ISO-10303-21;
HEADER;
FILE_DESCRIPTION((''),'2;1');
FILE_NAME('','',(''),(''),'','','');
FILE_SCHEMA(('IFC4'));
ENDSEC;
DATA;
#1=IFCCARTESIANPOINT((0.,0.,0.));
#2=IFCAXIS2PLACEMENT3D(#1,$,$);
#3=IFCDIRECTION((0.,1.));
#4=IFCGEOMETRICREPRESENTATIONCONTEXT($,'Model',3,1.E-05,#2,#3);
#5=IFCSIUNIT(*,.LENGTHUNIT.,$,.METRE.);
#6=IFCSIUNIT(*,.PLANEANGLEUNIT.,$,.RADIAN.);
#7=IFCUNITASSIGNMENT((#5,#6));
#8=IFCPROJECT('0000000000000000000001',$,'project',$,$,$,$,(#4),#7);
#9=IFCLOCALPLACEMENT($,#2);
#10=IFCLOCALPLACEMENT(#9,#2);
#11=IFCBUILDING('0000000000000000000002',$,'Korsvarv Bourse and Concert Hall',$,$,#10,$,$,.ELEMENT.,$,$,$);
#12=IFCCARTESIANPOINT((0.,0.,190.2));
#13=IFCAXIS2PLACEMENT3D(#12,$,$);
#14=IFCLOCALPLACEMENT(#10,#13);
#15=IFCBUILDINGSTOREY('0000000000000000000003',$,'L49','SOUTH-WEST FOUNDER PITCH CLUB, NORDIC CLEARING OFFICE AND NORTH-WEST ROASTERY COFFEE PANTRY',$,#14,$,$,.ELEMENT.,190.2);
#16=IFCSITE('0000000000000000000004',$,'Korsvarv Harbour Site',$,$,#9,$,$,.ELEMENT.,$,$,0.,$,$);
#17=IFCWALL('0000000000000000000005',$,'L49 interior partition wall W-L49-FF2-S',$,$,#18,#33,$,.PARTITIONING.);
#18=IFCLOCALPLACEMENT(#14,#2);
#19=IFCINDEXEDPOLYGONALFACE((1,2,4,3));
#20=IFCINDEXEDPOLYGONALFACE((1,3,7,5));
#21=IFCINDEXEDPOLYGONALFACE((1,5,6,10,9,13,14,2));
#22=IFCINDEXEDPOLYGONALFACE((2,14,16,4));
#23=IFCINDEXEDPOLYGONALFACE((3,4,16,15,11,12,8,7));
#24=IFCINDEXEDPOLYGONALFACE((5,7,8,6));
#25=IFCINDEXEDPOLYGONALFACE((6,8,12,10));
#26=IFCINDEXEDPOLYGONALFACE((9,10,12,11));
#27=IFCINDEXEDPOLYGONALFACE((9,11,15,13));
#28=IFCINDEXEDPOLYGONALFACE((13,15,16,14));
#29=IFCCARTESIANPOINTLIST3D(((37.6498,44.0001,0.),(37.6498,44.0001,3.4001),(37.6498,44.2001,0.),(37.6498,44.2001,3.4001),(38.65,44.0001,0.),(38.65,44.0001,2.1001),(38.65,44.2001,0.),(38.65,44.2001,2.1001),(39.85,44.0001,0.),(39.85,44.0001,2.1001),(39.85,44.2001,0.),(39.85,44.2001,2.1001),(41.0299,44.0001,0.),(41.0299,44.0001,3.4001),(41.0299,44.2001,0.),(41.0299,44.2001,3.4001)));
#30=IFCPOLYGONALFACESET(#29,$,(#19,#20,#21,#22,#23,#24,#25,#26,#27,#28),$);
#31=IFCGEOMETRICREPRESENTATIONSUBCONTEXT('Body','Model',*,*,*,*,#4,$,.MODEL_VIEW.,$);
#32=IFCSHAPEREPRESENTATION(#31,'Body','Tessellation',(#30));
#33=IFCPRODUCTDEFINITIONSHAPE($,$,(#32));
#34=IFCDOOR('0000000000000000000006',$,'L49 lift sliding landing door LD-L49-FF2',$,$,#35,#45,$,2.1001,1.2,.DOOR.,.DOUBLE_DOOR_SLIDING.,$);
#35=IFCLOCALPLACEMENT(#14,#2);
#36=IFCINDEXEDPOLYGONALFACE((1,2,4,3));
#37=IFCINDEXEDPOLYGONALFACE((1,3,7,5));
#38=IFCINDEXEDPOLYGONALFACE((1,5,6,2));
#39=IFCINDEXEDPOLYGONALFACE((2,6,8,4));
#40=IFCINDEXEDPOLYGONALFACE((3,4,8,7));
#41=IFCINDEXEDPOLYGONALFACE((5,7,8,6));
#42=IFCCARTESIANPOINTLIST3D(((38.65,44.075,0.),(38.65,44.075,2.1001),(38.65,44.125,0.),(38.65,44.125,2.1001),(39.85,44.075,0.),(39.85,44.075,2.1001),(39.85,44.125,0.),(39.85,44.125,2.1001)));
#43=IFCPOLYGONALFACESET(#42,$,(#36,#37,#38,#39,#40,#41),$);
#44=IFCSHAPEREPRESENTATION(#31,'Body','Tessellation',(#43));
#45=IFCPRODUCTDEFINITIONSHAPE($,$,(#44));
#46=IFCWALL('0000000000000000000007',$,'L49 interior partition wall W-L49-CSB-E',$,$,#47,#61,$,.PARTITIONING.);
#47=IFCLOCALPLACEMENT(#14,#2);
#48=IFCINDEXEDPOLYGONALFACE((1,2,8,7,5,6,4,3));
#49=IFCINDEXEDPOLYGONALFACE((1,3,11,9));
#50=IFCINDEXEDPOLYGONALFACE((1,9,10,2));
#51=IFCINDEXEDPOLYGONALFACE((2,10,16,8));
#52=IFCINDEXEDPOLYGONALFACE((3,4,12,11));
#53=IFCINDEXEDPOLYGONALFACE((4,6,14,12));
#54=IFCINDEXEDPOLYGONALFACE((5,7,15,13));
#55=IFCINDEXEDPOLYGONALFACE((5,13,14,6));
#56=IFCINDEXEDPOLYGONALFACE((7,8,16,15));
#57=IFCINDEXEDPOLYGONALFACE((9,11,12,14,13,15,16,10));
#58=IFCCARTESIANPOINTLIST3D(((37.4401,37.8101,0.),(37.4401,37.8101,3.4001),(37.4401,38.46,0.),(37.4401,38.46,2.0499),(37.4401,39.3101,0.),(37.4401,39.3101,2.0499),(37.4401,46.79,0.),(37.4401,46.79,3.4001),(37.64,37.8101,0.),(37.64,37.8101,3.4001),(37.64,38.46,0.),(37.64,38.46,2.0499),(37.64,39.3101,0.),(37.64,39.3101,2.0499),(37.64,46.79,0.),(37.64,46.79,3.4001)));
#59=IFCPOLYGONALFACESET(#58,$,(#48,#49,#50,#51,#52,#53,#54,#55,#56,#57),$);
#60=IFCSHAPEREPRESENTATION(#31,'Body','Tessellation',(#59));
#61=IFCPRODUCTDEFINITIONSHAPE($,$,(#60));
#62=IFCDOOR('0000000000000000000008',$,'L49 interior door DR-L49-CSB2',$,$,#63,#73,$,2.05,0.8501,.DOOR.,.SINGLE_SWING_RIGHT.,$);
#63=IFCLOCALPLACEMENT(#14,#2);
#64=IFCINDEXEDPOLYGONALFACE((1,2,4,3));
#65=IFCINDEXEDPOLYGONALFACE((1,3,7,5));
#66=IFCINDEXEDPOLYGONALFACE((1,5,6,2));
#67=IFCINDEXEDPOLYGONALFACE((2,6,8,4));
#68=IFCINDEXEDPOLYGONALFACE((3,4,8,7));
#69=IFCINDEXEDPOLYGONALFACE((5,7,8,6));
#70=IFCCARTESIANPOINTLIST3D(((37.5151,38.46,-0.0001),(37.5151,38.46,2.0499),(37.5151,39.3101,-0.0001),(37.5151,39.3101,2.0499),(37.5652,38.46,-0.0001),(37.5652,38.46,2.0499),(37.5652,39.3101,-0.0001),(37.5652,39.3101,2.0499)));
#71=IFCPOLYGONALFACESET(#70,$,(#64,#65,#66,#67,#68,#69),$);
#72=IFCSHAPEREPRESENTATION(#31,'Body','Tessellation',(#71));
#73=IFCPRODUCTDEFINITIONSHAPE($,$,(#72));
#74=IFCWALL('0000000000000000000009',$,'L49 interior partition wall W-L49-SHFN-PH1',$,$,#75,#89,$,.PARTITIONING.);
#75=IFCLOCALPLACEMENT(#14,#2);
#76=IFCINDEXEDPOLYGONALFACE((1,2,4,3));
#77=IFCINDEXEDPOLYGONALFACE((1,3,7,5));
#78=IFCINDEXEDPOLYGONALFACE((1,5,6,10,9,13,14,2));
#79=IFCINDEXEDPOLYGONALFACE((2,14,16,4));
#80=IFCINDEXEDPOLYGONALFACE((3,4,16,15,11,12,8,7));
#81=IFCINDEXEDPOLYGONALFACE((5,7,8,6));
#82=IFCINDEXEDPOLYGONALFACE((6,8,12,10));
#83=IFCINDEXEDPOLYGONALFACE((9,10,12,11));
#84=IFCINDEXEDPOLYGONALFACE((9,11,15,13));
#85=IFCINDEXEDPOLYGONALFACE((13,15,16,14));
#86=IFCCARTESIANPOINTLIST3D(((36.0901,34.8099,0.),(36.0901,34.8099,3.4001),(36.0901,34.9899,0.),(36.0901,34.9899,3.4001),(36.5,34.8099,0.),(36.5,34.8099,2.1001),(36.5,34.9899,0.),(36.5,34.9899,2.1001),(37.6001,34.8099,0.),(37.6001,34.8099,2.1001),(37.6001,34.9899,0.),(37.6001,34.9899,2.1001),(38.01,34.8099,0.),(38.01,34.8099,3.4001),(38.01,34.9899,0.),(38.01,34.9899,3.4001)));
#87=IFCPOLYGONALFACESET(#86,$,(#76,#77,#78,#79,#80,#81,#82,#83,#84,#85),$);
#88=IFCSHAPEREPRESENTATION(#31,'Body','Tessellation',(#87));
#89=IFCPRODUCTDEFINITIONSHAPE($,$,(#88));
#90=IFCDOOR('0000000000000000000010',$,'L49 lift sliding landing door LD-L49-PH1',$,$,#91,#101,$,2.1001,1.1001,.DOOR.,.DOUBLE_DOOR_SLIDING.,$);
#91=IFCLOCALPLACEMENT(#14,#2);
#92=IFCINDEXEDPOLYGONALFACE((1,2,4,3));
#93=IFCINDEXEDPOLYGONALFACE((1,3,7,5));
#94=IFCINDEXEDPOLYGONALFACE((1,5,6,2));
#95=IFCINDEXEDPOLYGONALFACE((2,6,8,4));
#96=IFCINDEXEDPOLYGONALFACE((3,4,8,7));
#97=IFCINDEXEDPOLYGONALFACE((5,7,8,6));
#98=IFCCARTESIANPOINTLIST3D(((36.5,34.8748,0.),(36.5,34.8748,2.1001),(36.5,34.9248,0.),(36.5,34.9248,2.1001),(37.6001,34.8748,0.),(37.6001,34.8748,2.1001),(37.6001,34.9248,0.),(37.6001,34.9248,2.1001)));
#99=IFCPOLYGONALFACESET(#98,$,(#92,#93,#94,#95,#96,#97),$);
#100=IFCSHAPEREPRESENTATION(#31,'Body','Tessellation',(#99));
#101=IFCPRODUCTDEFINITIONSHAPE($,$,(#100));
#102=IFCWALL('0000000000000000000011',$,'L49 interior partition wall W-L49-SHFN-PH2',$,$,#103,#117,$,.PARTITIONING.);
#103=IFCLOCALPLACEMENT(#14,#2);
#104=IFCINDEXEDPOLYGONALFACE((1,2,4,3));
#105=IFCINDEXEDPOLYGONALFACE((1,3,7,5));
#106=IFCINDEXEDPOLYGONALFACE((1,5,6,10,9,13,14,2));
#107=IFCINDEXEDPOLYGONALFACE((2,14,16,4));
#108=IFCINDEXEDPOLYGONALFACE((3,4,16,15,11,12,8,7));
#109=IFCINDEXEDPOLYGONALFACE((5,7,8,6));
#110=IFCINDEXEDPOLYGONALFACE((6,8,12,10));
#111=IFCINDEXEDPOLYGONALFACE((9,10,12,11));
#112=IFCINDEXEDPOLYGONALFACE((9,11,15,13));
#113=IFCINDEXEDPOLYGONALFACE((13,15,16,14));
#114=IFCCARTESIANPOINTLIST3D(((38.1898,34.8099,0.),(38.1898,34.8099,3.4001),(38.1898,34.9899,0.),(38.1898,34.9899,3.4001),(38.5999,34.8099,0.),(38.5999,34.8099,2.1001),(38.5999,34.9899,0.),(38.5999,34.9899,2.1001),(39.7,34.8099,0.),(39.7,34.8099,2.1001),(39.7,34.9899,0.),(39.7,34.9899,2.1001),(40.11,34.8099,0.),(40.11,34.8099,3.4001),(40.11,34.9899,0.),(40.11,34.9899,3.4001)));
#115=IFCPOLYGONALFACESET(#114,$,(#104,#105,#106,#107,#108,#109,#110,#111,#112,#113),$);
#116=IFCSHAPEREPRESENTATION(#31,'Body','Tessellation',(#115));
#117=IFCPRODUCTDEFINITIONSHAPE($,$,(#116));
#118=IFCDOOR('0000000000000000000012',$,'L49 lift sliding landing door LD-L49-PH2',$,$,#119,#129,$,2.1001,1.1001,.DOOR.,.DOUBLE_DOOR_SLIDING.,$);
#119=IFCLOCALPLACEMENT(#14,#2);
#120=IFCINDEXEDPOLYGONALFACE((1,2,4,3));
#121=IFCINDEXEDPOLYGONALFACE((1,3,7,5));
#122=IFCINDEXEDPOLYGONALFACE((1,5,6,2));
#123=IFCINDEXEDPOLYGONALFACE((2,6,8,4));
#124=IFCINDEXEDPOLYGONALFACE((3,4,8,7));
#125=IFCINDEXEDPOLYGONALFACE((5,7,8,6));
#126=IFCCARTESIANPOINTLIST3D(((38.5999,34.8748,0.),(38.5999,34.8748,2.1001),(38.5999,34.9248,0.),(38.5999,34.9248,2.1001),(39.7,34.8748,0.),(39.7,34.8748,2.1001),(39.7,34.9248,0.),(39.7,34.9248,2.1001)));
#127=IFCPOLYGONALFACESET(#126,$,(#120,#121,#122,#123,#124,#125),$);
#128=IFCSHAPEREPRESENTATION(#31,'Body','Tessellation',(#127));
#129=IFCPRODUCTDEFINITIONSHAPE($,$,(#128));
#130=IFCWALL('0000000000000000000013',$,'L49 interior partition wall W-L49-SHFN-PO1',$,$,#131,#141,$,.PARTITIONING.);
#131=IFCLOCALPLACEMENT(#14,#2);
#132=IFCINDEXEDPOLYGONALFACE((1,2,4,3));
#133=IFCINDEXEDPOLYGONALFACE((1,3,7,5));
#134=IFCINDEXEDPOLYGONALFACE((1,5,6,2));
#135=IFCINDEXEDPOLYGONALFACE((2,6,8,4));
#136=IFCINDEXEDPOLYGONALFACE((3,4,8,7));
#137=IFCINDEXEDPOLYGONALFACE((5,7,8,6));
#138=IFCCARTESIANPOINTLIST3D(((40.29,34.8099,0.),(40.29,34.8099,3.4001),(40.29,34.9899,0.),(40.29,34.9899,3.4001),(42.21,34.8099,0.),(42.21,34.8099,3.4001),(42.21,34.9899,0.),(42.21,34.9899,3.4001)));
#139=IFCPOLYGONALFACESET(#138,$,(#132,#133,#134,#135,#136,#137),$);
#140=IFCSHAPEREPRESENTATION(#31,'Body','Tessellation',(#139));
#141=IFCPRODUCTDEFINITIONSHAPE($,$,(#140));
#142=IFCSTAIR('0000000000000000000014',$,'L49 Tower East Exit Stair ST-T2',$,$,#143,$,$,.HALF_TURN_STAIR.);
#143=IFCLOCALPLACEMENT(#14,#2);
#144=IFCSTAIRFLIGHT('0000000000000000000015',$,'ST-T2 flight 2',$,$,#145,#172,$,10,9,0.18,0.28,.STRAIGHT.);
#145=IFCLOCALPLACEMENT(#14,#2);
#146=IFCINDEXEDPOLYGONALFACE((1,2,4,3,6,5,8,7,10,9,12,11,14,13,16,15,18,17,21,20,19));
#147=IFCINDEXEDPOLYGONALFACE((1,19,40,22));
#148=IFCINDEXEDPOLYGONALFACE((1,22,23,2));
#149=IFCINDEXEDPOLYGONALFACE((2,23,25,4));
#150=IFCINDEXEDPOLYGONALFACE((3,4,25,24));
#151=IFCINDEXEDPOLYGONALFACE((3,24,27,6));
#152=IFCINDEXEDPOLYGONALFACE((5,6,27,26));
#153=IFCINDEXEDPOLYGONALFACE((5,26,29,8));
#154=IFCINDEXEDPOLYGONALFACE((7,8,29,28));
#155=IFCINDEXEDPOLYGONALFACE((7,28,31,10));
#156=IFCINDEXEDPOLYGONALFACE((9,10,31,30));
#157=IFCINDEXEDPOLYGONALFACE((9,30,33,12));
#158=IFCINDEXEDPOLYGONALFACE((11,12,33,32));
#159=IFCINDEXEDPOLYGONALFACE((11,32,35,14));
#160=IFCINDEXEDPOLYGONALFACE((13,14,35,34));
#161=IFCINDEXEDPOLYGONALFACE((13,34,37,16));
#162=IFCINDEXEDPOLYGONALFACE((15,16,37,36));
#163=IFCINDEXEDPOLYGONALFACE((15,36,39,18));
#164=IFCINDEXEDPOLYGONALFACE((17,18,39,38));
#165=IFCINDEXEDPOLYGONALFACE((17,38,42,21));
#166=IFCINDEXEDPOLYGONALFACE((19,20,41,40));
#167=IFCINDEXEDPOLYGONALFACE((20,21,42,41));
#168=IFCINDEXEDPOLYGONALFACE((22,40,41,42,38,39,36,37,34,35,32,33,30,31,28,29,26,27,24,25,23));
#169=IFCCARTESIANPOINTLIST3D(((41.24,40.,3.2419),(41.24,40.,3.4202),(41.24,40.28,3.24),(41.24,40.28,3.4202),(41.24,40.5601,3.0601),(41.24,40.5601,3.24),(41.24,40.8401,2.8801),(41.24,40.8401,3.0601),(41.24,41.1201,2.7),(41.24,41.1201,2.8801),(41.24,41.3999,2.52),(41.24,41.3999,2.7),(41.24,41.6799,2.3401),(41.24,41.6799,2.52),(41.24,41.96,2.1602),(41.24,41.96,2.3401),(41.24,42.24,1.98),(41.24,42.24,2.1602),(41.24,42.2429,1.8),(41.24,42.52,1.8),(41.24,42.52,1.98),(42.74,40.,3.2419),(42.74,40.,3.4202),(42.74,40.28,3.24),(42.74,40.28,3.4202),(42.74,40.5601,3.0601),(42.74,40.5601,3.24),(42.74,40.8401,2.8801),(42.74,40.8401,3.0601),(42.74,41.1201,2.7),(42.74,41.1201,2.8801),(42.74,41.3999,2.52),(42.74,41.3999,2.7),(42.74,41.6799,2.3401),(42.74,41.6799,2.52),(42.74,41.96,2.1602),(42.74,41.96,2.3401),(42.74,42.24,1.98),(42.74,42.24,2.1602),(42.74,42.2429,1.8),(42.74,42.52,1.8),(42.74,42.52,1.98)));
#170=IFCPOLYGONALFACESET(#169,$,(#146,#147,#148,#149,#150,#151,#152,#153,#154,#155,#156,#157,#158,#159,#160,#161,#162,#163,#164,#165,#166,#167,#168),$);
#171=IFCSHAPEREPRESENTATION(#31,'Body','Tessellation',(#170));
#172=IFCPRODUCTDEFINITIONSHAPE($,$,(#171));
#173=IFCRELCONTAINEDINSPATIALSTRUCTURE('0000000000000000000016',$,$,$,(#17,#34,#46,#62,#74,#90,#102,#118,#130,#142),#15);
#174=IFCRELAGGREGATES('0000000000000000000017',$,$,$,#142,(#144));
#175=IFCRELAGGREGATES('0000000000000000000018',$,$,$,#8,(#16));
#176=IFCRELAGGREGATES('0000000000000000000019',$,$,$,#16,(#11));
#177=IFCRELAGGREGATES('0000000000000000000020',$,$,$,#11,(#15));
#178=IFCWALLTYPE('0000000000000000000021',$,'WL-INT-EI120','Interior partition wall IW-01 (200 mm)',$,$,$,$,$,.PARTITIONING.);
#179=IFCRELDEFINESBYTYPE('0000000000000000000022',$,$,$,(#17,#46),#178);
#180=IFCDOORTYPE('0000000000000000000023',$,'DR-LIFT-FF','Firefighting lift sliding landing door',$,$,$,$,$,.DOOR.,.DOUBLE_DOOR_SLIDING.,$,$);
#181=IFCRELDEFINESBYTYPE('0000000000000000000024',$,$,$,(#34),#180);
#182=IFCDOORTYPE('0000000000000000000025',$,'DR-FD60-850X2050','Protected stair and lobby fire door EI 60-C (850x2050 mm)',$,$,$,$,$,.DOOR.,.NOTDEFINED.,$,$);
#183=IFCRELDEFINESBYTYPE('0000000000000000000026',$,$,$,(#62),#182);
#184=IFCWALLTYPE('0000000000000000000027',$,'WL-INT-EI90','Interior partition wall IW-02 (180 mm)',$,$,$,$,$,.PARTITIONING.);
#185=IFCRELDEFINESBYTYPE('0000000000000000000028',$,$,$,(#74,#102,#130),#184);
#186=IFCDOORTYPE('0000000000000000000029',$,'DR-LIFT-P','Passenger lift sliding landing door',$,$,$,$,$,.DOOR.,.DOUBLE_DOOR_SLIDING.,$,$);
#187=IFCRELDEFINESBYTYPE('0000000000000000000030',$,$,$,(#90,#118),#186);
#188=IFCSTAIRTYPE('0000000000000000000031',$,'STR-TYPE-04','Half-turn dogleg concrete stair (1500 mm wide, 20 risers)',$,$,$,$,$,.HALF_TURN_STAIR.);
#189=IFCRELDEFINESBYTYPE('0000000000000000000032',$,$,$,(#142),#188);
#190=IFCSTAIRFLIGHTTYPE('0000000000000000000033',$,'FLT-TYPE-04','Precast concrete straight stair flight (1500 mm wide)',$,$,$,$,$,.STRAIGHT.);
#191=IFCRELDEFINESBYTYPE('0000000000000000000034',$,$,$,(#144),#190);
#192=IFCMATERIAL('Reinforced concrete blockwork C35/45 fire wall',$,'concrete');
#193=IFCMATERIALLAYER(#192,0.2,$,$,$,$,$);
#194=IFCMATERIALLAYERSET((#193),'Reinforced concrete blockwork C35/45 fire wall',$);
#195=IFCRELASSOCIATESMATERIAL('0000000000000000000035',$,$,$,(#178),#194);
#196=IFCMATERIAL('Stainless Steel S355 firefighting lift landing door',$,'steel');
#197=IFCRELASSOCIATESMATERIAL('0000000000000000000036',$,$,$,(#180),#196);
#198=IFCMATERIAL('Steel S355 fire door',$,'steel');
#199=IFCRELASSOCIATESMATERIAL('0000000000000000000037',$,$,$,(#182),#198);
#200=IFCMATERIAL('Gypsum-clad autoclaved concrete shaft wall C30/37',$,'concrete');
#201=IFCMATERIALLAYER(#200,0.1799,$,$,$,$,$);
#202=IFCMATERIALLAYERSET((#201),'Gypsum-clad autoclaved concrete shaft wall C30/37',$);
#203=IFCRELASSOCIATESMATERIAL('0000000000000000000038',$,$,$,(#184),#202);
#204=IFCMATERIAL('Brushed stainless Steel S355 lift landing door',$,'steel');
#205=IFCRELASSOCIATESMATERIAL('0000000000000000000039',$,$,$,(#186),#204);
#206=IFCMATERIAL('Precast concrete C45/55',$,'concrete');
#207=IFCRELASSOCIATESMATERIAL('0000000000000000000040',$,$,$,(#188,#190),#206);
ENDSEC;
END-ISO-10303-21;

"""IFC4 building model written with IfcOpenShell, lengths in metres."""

from ifc_helpers import new_model, si_unit, direction, frame, frame_2d, origin, place, context, subcontext, project, spatial, polyline, rectangle, outline, extrude, material, layer, layer_set, type_object, element, fill, aggregate, save


model = new_model("IFC4")

# Units and contexts
model_context = context("Model", 3, precision=1e-05, world=origin(), true_north=direction((0.0, 1.0)))
body_context = subcontext(model_context, "Body", "Model", "MODEL_VIEW")
ifc_project = project(units=[si_unit("LENGTHUNIT", "METRE"), si_unit("PLANEANGLEUNIT", "RADIAN")], contexts=[model_context])

# Site, building, storey
site_placement = place(None, origin())
site = spatial("IfcSite", under=ifc_project, at=site_placement, Name="Korsvarv Harbour Site", CompositionType="ELEMENT", RefElevation=0.0)
building_placement = place(site_placement, origin())
building = spatial("IfcBuilding", under=site, at=building_placement, Name="Korsvarv Bourse and Concert Hall", CompositionType="ELEMENT")
storey_placement = place(building_placement, frame((0.0, 0.0, 190.2)))
storey = spatial("IfcBuildingStorey", under=building, at=storey_placement, Name="L49", Description="SOUTH-WEST FOUNDER PITCH CLUB, NORDIC CLEARING OFFICE AND NORTH-WEST ROASTERY COFFEE PANTRY", CompositionType="ELEMENT", Elevation=190.2)

# Shared definitions
ifc_material_1 = material(Name="Steel S355 fire door", Category="steel")

# Walls, openings, doors
ifc_material_2 = material(Name="Reinforced concrete blockwork C35/45 fire wall", Category="concrete")
ifc_layer_1 = layer(ifc_material_2, 0.2)
ifc_layer_set_1 = layer_set([ifc_layer_1], Name="Reinforced concrete blockwork C35/45 fire wall")
wall_type_1 = type_object("IfcWallType", Name="WL-INT-EI120", Description="Interior partition wall IW-01 (200 mm)", PredefinedType="PARTITIONING", material=ifc_layer_set_1)
wall_1_placement = place(storey_placement, frame((37.6499, 44.1001, 0.0), z_axis=(0.0, 0.0, 1.0), x_axis=(1.0, 0.0, 0.0)))
wall_1 = element("IfcWall", 1, at=wall_1_placement, inside=storey, type_object=wall_type_1, Name="L49 interior partition wall W-L49-FF2-S", PredefinedType="PARTITIONING", context=body_context, shape_type="SweptSolid", body=[
    extrude(rectangle(XDim=3.3801, YDim=0.2, at=frame_2d((1.6899, 0.0))), origin(), (0.0, 0.0, 1.0), 3.4001),
])
opening_1_placement = place(wall_1_placement, frame((1.0, 0.0, 0.0)))
opening_1 = element("IfcOpeningElement", 2, at=opening_1_placement, cuts=wall_1, PredefinedType="OPENING", context=body_context, shape_type="SweptSolid", body=[
    extrude(rectangle(XDim=1.2, YDim=2.1001, at=frame_2d((0.6001, 1.05))), frame((0.0, 0.1099, 0.0), z_axis=(0.0, -1.0, 0.0), x_axis=(1.0, 0.0, 0.0)), (0.0, 0.0, 1.0), 0.22),
])
ifc_material_3 = material(Name="Stainless Steel S355 firefighting lift landing door", Category="steel")
door_type_1 = type_object("IfcDoorType", Name="DR-LIFT-FF", Description="Firefighting lift sliding landing door", OperationType="DOUBLE_DOOR_SLIDING", PredefinedType="DOOR", material=ifc_material_3)
door_1_placement = place(opening_1_placement, origin())
door_1 = element("IfcDoor", 3, at=door_1_placement, inside=storey, type_object=door_type_1, Name="L49 lift sliding landing door LD-L49-FF2", OperationType="DOUBLE_DOOR_SLIDING", OverallHeight=2.1001, OverallWidth=1.2, PredefinedType="DOOR", context=body_context, shape_type="SweptSolid", body=[
    extrude(rectangle(XDim=1.2, YDim=2.1001, at=frame_2d((0.6001, 1.05))), frame((0.0, 0.0249, 0.0), z_axis=(0.0, -1.0, 0.0), x_axis=(1.0, 0.0, 0.0)), (0.0, 0.0, 1.0), 0.05),
])
fill(opening_1, door_1)
wall_2_placement = place(storey_placement, frame((37.54, 37.8101, 0.0), z_axis=(0.0, 0.0, 1.0), x_axis=(0.0, 1.0, 0.0)))
wall_2 = element("IfcWall", 4, at=wall_2_placement, inside=storey, type_object=wall_type_1, Name="L49 interior partition wall W-L49-CSB-E", PredefinedType="PARTITIONING", context=body_context, shape_type="SweptSolid", body=[
    extrude(rectangle(XDim=8.98, YDim=0.2, at=frame_2d((4.49, 0.0))), origin(), (0.0, 0.0, 1.0), 3.4001),
])
opening_2_placement = place(wall_2_placement, frame((0.6499, 0.0, 0.0)))
opening_2 = element("IfcOpeningElement", 5, at=opening_2_placement, cuts=wall_2, PredefinedType="OPENING", context=body_context, shape_type="SweptSolid", body=[
    extrude(rectangle(XDim=0.8501, YDim=2.05, at=frame_2d((0.425, 1.0249))), frame((0.0, 0.1099, 0.0), z_axis=(0.0, -1.0, 0.0), x_axis=(1.0, 0.0, 0.0)), (0.0, 0.0, 1.0), 0.22),
])
door_type_2 = type_object("IfcDoorType", Name="DR-FD60-850X2050", Description="Protected stair and lobby fire door EI 60-C (850x2050 mm)", OperationType="NOTDEFINED", PredefinedType="DOOR", material=ifc_material_1)
door_2_placement = place(opening_2_placement, origin())
door_2 = element("IfcDoor", 6, at=door_2_placement, inside=storey, type_object=door_type_2, Name="L49 interior door DR-L49-CSB2", OperationType="SINGLE_SWING_RIGHT", OverallHeight=2.05, OverallWidth=0.8501, PredefinedType="DOOR", context=body_context, shape_type="SweptSolid", body=[
    extrude(rectangle(XDim=0.8501, YDim=2.05, at=frame_2d((0.425, 1.0249))), frame((0.0, 0.0249, 0.0), z_axis=(0.0, -1.0, 0.0), x_axis=(1.0, 0.0, 0.0)), (0.0, 0.0, 1.0), 0.05),
])
fill(opening_2, door_2)
ifc_material_4 = material(Name="Gypsum-clad autoclaved concrete shaft wall C30/37", Category="concrete")
ifc_layer_2 = layer(ifc_material_4, 0.1799)
ifc_layer_set_2 = layer_set([ifc_layer_2], Name="Gypsum-clad autoclaved concrete shaft wall C30/37")
wall_type_2 = type_object("IfcWallType", Name="WL-INT-EI90", Description="Interior partition wall IW-02 (180 mm)", PredefinedType="PARTITIONING", material=ifc_layer_set_2)
wall_3_placement = place(storey_placement, frame((36.0901, 34.8999, 0.0), z_axis=(0.0, 0.0, 1.0), x_axis=(1.0, 0.0, 0.0)))
wall_3 = element("IfcWall", 7, at=wall_3_placement, inside=storey, type_object=wall_type_2, Name="L49 interior partition wall W-L49-SHFN-PH1", PredefinedType="PARTITIONING", context=body_context, shape_type="SweptSolid", body=[
    extrude(rectangle(XDim=1.9199, YDim=0.1799, at=frame_2d((0.96, 0.0))), origin(), (0.0, 0.0, 1.0), 3.4001),
])
opening_3_placement = place(wall_3_placement, frame((0.4099, 0.0, 0.0)))
opening_3 = element("IfcOpeningElement", 8, at=opening_3_placement, cuts=wall_3, PredefinedType="OPENING", context=body_context, shape_type="SweptSolid", body=[
    extrude(rectangle(XDim=1.1001, YDim=2.1001, at=frame_2d((0.55, 1.05))), frame((0.0, 0.1001, 0.0), z_axis=(0.0, -1.0, 0.0), x_axis=(1.0, 0.0, 0.0)), (0.0, 0.0, 1.0), 0.2),
])
ifc_material_5 = material(Name="Brushed stainless Steel S355 lift landing door", Category="steel")
door_type_3 = type_object("IfcDoorType", Name="DR-LIFT-P", Description="Passenger lift sliding landing door", OperationType="DOUBLE_DOOR_SLIDING", PredefinedType="DOOR", material=ifc_material_5)
door_3_placement = place(opening_3_placement, origin())
door_3 = element("IfcDoor", 9, at=door_3_placement, inside=storey, type_object=door_type_3, Name="L49 lift sliding landing door LD-L49-PH1", OperationType="DOUBLE_DOOR_SLIDING", OverallHeight=2.1001, OverallWidth=1.1001, PredefinedType="DOOR", context=body_context, shape_type="SweptSolid", body=[
    extrude(rectangle(XDim=1.1001, YDim=2.1001, at=frame_2d((0.55, 1.05))), frame((0.0, 0.0249, 0.0), z_axis=(0.0, -1.0, 0.0), x_axis=(1.0, 0.0, 0.0)), (0.0, 0.0, 1.0), 0.05),
])
fill(opening_3, door_3)
wall_4_placement = place(storey_placement, frame((38.1899, 34.8999, 0.0), z_axis=(0.0, 0.0, 1.0), x_axis=(1.0, 0.0, 0.0)))
wall_4 = element("IfcWall", 10, at=wall_4_placement, inside=storey, type_object=wall_type_2, Name="L49 interior partition wall W-L49-SHFN-PH2", PredefinedType="PARTITIONING", context=body_context, shape_type="SweptSolid", body=[
    extrude(rectangle(XDim=1.9202, YDim=0.1799, at=frame_2d((0.96, 0.0))), origin(), (0.0, 0.0, 1.0), 3.4001),
])
opening_4_placement = place(wall_4_placement, frame((0.4099, 0.0, 0.0)))
opening_4 = element("IfcOpeningElement", 11, at=opening_4_placement, cuts=wall_4, PredefinedType="OPENING", context=body_context, shape_type="SweptSolid", body=[
    extrude(rectangle(XDim=1.1001, YDim=2.1001, at=frame_2d((0.55, 1.05))), frame((0.0, 0.1001, 0.0), z_axis=(0.0, -1.0, 0.0), x_axis=(1.0, 0.0, 0.0)), (0.0, 0.0, 1.0), 0.2),
])
door_4_placement = place(opening_4_placement, origin())
door_4 = element("IfcDoor", 12, at=door_4_placement, inside=storey, type_object=door_type_3, Name="L49 lift sliding landing door LD-L49-PH2", OperationType="DOUBLE_DOOR_SLIDING", OverallHeight=2.1001, OverallWidth=1.1001, PredefinedType="DOOR", context=body_context, shape_type="SweptSolid", body=[
    extrude(rectangle(XDim=1.1001, YDim=2.1001, at=frame_2d((0.55, 1.05))), frame((0.0, 0.0249, 0.0), z_axis=(0.0, -1.0, 0.0), x_axis=(1.0, 0.0, 0.0)), (0.0, 0.0, 1.0), 0.05),
])
fill(opening_4, door_4)

# Wall
wall_5_placement = place(storey_placement, frame((40.29, 34.8999, 0.0), z_axis=(0.0, 0.0, 1.0), x_axis=(1.0, 0.0, 0.0)))
element("IfcWall", 13, at=wall_5_placement, inside=storey, type_object=wall_type_2, Name="L49 interior partition wall W-L49-SHFN-PO1", PredefinedType="PARTITIONING", context=body_context, shape_type="SweptSolid", body=[
    extrude(rectangle(XDim=1.9199, YDim=0.1799, at=frame_2d((0.96, 0.0))), origin(), (0.0, 0.0, 1.0), 3.4001),
])

# Stair, stair flight
ifc_material_6 = material(Name="Precast concrete C45/55", Category="concrete")
stair_type = type_object("IfcStairType", Name="STR-TYPE-04", Description="Half-turn dogleg concrete stair (1500 mm wide, 20 risers)", PredefinedType="HALF_TURN_STAIR", material=ifc_material_6)
stair_placement = place(storey_placement, origin())
stair = element("IfcStair", 14, at=stair_placement, inside=storey, type_object=stair_type, Name="L49 Tower East Exit Stair ST-T2", PredefinedType="HALF_TURN_STAIR")
stair_flight_type = type_object("IfcStairFlightType", Name="FLT-TYPE-04", Description="Precast concrete straight stair flight (1500 mm wide)", PredefinedType="STRAIGHT", material=ifc_material_6)
stair_flight_placement = place(storey_placement, frame((41.99, 42.52, 1.8), z_axis=(0.0, 0.0, 1.0), x_axis=(0.0, -1.0, 0.0)))
stair_flight = element("IfcStairFlight", 15, at=stair_flight_placement, type_object=stair_flight_type, Name="ST-T2 flight 2", NumberOfRisers=10, NumberOfTreads=9, PredefinedType="STRAIGHT", RiserHeight=0.18, TreadLength=0.28, context=body_context, shape_type="SweptSolid", body=[
    extrude(outline(polyline([(0.0, 0.0), (0.0, 0.1799), (0.28, 0.1799), (0.28, 0.3601), (0.5601, 0.3601), (0.5601, 0.54), (0.8401, 0.54), (0.8401, 0.72), (1.1201, 0.72), (1.1201, 0.8999), (1.3999, 0.8999), (1.3999, 1.0801), (1.6799, 1.0801), (1.6799, 1.26), (1.96, 1.26), (1.96, 1.4399), (2.24, 1.4399), (2.24, 1.6201), (2.52, 1.6201), (2.52, 1.8), (2.52, 1.4419), (0.2771, 0.0), (0.0, 0.0)])), frame((0.0, 0.75, 0.0), z_axis=(0.0, -1.0, 0.0), x_axis=(1.0, 0.0, 0.0)), (0.0, 0.0, 1.0), 1.5),
])
aggregate(stair, [stair_flight])

save(model, "model.ifc")
